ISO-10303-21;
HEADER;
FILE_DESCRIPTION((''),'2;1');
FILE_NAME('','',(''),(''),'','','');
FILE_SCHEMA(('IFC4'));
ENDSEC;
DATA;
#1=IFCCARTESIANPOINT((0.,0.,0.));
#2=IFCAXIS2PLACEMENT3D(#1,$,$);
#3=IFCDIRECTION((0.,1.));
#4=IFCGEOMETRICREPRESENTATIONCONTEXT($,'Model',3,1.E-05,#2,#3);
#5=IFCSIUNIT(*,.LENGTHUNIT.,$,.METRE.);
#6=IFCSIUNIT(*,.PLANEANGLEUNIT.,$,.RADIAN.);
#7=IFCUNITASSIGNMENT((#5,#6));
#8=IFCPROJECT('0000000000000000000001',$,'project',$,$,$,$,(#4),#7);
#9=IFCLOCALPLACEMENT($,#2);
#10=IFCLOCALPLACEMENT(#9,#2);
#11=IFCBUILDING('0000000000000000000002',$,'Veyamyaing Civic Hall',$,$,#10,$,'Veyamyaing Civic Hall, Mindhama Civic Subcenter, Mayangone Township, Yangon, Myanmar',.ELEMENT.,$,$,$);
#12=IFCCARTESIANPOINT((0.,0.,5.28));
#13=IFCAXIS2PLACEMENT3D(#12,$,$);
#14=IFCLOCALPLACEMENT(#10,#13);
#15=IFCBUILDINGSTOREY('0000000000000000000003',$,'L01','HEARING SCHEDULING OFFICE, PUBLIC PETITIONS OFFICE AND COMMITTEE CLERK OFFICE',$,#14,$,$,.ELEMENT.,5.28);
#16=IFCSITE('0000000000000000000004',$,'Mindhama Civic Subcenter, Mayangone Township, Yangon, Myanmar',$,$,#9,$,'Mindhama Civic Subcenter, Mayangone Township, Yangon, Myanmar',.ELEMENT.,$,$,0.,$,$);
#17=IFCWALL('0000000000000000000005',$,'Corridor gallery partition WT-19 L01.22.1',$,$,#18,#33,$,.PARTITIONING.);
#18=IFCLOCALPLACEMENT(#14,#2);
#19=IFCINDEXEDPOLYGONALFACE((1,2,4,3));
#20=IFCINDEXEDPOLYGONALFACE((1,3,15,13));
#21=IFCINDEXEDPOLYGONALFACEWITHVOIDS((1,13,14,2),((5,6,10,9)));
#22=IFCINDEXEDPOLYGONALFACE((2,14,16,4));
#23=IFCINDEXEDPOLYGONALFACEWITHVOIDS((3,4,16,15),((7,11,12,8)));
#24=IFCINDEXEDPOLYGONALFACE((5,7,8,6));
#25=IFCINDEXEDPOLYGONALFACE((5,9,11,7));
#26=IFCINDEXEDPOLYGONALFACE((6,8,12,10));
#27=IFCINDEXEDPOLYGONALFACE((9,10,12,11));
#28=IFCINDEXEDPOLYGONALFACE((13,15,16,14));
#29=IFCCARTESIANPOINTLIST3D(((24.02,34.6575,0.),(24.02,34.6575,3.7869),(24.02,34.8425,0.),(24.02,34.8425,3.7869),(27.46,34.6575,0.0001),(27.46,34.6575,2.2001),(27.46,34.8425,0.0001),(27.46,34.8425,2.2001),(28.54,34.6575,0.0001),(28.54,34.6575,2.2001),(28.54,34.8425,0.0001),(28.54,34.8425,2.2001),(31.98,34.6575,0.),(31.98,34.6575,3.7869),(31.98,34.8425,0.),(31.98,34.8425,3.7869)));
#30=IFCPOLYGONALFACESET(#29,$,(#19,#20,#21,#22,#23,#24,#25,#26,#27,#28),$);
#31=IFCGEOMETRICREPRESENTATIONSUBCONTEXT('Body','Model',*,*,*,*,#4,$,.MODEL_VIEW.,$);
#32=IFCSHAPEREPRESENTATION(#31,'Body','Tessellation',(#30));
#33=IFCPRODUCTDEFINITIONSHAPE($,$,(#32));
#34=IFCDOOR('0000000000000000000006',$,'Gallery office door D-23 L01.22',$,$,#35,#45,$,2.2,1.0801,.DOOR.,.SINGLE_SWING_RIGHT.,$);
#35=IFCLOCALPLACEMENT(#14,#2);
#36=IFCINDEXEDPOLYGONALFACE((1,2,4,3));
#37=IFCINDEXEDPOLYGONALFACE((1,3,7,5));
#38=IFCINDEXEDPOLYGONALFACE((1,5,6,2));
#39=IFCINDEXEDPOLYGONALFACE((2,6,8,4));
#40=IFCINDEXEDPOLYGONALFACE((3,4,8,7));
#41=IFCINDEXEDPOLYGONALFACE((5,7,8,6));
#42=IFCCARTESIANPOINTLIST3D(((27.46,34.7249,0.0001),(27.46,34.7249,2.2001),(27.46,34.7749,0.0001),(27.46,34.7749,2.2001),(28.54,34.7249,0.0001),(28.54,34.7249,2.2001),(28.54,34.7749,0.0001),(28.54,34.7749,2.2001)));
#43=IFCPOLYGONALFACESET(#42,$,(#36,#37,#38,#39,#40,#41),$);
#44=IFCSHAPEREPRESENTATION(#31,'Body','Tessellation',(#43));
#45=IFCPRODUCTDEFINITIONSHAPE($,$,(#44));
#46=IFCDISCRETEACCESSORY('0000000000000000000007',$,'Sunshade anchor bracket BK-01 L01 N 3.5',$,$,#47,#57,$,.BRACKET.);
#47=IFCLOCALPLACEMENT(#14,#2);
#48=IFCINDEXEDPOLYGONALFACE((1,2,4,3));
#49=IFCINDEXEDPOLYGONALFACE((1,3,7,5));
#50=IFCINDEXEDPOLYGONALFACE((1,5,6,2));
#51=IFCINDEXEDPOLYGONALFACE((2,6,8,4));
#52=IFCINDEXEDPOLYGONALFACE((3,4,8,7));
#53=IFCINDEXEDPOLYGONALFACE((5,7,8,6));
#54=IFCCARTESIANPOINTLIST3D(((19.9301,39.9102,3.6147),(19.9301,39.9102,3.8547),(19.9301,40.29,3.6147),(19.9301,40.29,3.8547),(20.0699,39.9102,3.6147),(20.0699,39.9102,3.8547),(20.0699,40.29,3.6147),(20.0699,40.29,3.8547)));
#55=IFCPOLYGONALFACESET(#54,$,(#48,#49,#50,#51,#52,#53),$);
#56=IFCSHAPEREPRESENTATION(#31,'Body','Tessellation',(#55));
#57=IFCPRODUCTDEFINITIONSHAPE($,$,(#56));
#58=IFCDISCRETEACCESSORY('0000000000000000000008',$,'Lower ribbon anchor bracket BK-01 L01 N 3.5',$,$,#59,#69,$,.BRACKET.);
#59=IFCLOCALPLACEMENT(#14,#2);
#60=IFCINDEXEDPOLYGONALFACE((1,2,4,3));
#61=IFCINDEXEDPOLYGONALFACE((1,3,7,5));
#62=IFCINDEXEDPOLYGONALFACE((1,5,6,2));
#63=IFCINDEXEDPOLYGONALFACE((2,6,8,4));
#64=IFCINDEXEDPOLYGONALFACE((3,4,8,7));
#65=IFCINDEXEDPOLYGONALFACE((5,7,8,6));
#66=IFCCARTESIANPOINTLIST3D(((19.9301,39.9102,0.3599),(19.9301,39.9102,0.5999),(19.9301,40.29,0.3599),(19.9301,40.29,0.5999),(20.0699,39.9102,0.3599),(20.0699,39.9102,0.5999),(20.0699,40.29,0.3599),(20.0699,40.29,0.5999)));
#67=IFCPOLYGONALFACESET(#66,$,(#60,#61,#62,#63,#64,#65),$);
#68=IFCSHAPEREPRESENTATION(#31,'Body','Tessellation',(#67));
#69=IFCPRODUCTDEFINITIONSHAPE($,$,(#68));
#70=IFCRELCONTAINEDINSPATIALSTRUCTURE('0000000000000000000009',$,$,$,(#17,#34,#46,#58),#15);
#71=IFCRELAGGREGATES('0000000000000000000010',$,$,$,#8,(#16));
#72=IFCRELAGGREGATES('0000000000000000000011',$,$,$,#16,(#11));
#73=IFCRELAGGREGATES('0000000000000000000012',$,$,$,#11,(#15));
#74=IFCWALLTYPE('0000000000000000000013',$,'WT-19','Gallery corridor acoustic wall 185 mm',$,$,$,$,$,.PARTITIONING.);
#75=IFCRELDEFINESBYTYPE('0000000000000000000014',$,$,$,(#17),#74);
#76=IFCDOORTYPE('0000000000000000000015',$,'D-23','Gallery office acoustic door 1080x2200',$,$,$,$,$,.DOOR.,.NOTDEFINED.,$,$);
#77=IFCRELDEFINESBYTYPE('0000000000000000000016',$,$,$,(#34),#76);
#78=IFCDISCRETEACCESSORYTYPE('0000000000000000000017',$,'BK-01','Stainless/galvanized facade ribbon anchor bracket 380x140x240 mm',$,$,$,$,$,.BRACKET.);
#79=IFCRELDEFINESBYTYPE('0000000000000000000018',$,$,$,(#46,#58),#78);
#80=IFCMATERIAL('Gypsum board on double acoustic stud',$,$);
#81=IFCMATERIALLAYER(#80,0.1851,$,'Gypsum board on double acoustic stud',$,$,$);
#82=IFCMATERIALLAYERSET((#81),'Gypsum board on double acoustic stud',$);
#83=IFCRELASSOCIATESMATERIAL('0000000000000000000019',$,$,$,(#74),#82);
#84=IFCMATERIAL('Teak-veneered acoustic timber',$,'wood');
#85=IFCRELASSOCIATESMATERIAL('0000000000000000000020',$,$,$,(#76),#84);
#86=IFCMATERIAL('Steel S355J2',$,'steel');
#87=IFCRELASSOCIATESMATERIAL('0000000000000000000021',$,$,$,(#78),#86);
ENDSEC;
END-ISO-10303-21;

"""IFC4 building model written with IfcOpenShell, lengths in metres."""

from ifc_helpers import new_model, si_unit, direction, frame, frame_2d, origin, origin_2d, place, context, subcontext, project, spatial, rectangle, extrude, material, layer, layer_set, type_object, element, fill, save


model = new_model("IFC4")

# Units and contexts
model_context = context("Model", 3, precision=1e-05, world=origin(), true_north=direction((0.0, 1.0)))
body_context = subcontext(model_context, "Body", "Model", "MODEL_VIEW")
ifc_project = project(units=[si_unit("LENGTHUNIT", "METRE"), si_unit("PLANEANGLEUNIT", "RADIAN")], contexts=[model_context])

# Site, building, storey
site_placement = place(None, origin())
site = spatial("IfcSite", under=ifc_project, at=site_placement, Name="Mindhama Civic Subcenter, Mayangone Township, Yangon, Myanmar", LongName="Mindhama Civic Subcenter, Mayangone Township, Yangon, Myanmar", CompositionType="ELEMENT", RefElevation=0.0)
building_placement = place(site_placement, origin())
building = spatial("IfcBuilding", under=site, at=building_placement, Name="Veyamyaing Civic Hall", LongName="Veyamyaing Civic Hall, Mindhama Civic Subcenter, Mayangone Township, Yangon, Myanmar", CompositionType="ELEMENT")
storey_placement = place(building_placement, frame((0.0, 0.0, 5.28)))
storey = spatial("IfcBuildingStorey", under=building, at=storey_placement, Name="L01", Description="HEARING SCHEDULING OFFICE, PUBLIC PETITIONS OFFICE AND COMMITTEE CLERK OFFICE", CompositionType="ELEMENT", Elevation=5.28)

# Wall, opening, door
ifc_material_1 = material(Name="Gypsum board on double acoustic stud")
ifc_layer_1 = layer(ifc_material_1, 0.1851, Name="Gypsum board on double acoustic stud")
ifc_layer_set_1 = layer_set([ifc_layer_1], Name="Gypsum board on double acoustic stud")
wall_type_1 = type_object("IfcWallType", Name="WT-19", Description="Gallery corridor acoustic wall 185 mm", PredefinedType="PARTITIONING", material=ifc_layer_set_1)
wall_1_placement = place(storey_placement, frame((24.02, 34.75, 0.0), z_axis=(0.0, 0.0, 1.0), x_axis=(1.0, 0.0, 0.0)))
wall_1 = element("IfcWall", 1, at=wall_1_placement, inside=storey, type_object=wall_type_1, Name="Corridor gallery partition WT-19 L01.22.1", PredefinedType="PARTITIONING", context=body_context, shape_type="SweptSolid", body=[
    extrude(rectangle(XDim=7.96, YDim=0.1851, at=frame_2d((3.98, 0.0))), origin(), (0.0, 0.0, 1.0), 3.7869),
])
opening_placement = place(wall_1_placement, frame((3.4399, 0.0, 0.0)))
opening = element("IfcOpeningElement", 2, at=opening_placement, cuts=wall_1, PredefinedType="OPENING", context=body_context, shape_type="SweptSolid", body=[
    extrude(rectangle(XDim=1.0801, YDim=2.2, at=frame_2d((0.54, 1.1001))), frame((0.0, 0.1025, 0.0), z_axis=(0.0, -1.0, 0.0), x_axis=(1.0, 0.0, 0.0)), (0.0, 0.0, 1.0), 0.2051),
])
ifc_material_2 = material(Name="Teak-veneered acoustic timber", Category="wood")
door_type = type_object("IfcDoorType", Name="D-23", Description="Gallery office acoustic door 1080x2200", OperationType="NOTDEFINED", PredefinedType="DOOR", material=ifc_material_2)
door_placement = place(opening_placement, origin())
door = element("IfcDoor", 3, at=door_placement, inside=storey, type_object=door_type, Name="Gallery office door D-23 L01.22", OperationType="SINGLE_SWING_RIGHT", OverallHeight=2.2, OverallWidth=1.0801, PredefinedType="DOOR", context=body_context, shape_type="SweptSolid", body=[
    extrude(rectangle(XDim=1.0801, YDim=2.2, at=frame_2d((0.54, 1.1001))), frame((0.0, 0.0249, 0.0), z_axis=(0.0, -1.0, 0.0), x_axis=(1.0, 0.0, 0.0)), (0.0, 0.0, 1.0), 0.05),
])
fill(opening, door)

# Discrete accessories
ifc_material_3 = material(Name="Steel S355J2", Category="steel")
discrete_accessory_type = type_object("IfcDiscreteAccessoryType", Name="BK-01", Description="Stainless/galvanized facade ribbon anchor bracket 380x140x240 mm", PredefinedType="BRACKET", material=ifc_material_3)
for number, where, z_axis, x_axis, name in (
    (4, (20.0, 40.1001, 3.6147), (0.0, 0.0, 1.0), (0.0, 1.0, 0.0), "Sunshade anchor bracket BK-01 L01 N 3.5"),
    (5, (20.0, 40.1001, 0.3599), (0.0, 0.0, 1.0), (0.0, 1.0, 0.0), "Lower ribbon anchor bracket BK-01 L01 N 3.5"),
):
    element("IfcDiscreteAccessory", number, at=place(storey_placement, frame(where, z_axis=z_axis, x_axis=x_axis)), inside=storey, type_object=discrete_accessory_type, Name=name, PredefinedType="BRACKET", context=body_context, shape_type="SweptSolid", body=[
        extrude(rectangle(XDim=0.3799, YDim=0.1399, at=origin_2d()), origin(), (0.0, 0.0, 1.0), 0.24),
    ])

save(model, "model.ifc")
